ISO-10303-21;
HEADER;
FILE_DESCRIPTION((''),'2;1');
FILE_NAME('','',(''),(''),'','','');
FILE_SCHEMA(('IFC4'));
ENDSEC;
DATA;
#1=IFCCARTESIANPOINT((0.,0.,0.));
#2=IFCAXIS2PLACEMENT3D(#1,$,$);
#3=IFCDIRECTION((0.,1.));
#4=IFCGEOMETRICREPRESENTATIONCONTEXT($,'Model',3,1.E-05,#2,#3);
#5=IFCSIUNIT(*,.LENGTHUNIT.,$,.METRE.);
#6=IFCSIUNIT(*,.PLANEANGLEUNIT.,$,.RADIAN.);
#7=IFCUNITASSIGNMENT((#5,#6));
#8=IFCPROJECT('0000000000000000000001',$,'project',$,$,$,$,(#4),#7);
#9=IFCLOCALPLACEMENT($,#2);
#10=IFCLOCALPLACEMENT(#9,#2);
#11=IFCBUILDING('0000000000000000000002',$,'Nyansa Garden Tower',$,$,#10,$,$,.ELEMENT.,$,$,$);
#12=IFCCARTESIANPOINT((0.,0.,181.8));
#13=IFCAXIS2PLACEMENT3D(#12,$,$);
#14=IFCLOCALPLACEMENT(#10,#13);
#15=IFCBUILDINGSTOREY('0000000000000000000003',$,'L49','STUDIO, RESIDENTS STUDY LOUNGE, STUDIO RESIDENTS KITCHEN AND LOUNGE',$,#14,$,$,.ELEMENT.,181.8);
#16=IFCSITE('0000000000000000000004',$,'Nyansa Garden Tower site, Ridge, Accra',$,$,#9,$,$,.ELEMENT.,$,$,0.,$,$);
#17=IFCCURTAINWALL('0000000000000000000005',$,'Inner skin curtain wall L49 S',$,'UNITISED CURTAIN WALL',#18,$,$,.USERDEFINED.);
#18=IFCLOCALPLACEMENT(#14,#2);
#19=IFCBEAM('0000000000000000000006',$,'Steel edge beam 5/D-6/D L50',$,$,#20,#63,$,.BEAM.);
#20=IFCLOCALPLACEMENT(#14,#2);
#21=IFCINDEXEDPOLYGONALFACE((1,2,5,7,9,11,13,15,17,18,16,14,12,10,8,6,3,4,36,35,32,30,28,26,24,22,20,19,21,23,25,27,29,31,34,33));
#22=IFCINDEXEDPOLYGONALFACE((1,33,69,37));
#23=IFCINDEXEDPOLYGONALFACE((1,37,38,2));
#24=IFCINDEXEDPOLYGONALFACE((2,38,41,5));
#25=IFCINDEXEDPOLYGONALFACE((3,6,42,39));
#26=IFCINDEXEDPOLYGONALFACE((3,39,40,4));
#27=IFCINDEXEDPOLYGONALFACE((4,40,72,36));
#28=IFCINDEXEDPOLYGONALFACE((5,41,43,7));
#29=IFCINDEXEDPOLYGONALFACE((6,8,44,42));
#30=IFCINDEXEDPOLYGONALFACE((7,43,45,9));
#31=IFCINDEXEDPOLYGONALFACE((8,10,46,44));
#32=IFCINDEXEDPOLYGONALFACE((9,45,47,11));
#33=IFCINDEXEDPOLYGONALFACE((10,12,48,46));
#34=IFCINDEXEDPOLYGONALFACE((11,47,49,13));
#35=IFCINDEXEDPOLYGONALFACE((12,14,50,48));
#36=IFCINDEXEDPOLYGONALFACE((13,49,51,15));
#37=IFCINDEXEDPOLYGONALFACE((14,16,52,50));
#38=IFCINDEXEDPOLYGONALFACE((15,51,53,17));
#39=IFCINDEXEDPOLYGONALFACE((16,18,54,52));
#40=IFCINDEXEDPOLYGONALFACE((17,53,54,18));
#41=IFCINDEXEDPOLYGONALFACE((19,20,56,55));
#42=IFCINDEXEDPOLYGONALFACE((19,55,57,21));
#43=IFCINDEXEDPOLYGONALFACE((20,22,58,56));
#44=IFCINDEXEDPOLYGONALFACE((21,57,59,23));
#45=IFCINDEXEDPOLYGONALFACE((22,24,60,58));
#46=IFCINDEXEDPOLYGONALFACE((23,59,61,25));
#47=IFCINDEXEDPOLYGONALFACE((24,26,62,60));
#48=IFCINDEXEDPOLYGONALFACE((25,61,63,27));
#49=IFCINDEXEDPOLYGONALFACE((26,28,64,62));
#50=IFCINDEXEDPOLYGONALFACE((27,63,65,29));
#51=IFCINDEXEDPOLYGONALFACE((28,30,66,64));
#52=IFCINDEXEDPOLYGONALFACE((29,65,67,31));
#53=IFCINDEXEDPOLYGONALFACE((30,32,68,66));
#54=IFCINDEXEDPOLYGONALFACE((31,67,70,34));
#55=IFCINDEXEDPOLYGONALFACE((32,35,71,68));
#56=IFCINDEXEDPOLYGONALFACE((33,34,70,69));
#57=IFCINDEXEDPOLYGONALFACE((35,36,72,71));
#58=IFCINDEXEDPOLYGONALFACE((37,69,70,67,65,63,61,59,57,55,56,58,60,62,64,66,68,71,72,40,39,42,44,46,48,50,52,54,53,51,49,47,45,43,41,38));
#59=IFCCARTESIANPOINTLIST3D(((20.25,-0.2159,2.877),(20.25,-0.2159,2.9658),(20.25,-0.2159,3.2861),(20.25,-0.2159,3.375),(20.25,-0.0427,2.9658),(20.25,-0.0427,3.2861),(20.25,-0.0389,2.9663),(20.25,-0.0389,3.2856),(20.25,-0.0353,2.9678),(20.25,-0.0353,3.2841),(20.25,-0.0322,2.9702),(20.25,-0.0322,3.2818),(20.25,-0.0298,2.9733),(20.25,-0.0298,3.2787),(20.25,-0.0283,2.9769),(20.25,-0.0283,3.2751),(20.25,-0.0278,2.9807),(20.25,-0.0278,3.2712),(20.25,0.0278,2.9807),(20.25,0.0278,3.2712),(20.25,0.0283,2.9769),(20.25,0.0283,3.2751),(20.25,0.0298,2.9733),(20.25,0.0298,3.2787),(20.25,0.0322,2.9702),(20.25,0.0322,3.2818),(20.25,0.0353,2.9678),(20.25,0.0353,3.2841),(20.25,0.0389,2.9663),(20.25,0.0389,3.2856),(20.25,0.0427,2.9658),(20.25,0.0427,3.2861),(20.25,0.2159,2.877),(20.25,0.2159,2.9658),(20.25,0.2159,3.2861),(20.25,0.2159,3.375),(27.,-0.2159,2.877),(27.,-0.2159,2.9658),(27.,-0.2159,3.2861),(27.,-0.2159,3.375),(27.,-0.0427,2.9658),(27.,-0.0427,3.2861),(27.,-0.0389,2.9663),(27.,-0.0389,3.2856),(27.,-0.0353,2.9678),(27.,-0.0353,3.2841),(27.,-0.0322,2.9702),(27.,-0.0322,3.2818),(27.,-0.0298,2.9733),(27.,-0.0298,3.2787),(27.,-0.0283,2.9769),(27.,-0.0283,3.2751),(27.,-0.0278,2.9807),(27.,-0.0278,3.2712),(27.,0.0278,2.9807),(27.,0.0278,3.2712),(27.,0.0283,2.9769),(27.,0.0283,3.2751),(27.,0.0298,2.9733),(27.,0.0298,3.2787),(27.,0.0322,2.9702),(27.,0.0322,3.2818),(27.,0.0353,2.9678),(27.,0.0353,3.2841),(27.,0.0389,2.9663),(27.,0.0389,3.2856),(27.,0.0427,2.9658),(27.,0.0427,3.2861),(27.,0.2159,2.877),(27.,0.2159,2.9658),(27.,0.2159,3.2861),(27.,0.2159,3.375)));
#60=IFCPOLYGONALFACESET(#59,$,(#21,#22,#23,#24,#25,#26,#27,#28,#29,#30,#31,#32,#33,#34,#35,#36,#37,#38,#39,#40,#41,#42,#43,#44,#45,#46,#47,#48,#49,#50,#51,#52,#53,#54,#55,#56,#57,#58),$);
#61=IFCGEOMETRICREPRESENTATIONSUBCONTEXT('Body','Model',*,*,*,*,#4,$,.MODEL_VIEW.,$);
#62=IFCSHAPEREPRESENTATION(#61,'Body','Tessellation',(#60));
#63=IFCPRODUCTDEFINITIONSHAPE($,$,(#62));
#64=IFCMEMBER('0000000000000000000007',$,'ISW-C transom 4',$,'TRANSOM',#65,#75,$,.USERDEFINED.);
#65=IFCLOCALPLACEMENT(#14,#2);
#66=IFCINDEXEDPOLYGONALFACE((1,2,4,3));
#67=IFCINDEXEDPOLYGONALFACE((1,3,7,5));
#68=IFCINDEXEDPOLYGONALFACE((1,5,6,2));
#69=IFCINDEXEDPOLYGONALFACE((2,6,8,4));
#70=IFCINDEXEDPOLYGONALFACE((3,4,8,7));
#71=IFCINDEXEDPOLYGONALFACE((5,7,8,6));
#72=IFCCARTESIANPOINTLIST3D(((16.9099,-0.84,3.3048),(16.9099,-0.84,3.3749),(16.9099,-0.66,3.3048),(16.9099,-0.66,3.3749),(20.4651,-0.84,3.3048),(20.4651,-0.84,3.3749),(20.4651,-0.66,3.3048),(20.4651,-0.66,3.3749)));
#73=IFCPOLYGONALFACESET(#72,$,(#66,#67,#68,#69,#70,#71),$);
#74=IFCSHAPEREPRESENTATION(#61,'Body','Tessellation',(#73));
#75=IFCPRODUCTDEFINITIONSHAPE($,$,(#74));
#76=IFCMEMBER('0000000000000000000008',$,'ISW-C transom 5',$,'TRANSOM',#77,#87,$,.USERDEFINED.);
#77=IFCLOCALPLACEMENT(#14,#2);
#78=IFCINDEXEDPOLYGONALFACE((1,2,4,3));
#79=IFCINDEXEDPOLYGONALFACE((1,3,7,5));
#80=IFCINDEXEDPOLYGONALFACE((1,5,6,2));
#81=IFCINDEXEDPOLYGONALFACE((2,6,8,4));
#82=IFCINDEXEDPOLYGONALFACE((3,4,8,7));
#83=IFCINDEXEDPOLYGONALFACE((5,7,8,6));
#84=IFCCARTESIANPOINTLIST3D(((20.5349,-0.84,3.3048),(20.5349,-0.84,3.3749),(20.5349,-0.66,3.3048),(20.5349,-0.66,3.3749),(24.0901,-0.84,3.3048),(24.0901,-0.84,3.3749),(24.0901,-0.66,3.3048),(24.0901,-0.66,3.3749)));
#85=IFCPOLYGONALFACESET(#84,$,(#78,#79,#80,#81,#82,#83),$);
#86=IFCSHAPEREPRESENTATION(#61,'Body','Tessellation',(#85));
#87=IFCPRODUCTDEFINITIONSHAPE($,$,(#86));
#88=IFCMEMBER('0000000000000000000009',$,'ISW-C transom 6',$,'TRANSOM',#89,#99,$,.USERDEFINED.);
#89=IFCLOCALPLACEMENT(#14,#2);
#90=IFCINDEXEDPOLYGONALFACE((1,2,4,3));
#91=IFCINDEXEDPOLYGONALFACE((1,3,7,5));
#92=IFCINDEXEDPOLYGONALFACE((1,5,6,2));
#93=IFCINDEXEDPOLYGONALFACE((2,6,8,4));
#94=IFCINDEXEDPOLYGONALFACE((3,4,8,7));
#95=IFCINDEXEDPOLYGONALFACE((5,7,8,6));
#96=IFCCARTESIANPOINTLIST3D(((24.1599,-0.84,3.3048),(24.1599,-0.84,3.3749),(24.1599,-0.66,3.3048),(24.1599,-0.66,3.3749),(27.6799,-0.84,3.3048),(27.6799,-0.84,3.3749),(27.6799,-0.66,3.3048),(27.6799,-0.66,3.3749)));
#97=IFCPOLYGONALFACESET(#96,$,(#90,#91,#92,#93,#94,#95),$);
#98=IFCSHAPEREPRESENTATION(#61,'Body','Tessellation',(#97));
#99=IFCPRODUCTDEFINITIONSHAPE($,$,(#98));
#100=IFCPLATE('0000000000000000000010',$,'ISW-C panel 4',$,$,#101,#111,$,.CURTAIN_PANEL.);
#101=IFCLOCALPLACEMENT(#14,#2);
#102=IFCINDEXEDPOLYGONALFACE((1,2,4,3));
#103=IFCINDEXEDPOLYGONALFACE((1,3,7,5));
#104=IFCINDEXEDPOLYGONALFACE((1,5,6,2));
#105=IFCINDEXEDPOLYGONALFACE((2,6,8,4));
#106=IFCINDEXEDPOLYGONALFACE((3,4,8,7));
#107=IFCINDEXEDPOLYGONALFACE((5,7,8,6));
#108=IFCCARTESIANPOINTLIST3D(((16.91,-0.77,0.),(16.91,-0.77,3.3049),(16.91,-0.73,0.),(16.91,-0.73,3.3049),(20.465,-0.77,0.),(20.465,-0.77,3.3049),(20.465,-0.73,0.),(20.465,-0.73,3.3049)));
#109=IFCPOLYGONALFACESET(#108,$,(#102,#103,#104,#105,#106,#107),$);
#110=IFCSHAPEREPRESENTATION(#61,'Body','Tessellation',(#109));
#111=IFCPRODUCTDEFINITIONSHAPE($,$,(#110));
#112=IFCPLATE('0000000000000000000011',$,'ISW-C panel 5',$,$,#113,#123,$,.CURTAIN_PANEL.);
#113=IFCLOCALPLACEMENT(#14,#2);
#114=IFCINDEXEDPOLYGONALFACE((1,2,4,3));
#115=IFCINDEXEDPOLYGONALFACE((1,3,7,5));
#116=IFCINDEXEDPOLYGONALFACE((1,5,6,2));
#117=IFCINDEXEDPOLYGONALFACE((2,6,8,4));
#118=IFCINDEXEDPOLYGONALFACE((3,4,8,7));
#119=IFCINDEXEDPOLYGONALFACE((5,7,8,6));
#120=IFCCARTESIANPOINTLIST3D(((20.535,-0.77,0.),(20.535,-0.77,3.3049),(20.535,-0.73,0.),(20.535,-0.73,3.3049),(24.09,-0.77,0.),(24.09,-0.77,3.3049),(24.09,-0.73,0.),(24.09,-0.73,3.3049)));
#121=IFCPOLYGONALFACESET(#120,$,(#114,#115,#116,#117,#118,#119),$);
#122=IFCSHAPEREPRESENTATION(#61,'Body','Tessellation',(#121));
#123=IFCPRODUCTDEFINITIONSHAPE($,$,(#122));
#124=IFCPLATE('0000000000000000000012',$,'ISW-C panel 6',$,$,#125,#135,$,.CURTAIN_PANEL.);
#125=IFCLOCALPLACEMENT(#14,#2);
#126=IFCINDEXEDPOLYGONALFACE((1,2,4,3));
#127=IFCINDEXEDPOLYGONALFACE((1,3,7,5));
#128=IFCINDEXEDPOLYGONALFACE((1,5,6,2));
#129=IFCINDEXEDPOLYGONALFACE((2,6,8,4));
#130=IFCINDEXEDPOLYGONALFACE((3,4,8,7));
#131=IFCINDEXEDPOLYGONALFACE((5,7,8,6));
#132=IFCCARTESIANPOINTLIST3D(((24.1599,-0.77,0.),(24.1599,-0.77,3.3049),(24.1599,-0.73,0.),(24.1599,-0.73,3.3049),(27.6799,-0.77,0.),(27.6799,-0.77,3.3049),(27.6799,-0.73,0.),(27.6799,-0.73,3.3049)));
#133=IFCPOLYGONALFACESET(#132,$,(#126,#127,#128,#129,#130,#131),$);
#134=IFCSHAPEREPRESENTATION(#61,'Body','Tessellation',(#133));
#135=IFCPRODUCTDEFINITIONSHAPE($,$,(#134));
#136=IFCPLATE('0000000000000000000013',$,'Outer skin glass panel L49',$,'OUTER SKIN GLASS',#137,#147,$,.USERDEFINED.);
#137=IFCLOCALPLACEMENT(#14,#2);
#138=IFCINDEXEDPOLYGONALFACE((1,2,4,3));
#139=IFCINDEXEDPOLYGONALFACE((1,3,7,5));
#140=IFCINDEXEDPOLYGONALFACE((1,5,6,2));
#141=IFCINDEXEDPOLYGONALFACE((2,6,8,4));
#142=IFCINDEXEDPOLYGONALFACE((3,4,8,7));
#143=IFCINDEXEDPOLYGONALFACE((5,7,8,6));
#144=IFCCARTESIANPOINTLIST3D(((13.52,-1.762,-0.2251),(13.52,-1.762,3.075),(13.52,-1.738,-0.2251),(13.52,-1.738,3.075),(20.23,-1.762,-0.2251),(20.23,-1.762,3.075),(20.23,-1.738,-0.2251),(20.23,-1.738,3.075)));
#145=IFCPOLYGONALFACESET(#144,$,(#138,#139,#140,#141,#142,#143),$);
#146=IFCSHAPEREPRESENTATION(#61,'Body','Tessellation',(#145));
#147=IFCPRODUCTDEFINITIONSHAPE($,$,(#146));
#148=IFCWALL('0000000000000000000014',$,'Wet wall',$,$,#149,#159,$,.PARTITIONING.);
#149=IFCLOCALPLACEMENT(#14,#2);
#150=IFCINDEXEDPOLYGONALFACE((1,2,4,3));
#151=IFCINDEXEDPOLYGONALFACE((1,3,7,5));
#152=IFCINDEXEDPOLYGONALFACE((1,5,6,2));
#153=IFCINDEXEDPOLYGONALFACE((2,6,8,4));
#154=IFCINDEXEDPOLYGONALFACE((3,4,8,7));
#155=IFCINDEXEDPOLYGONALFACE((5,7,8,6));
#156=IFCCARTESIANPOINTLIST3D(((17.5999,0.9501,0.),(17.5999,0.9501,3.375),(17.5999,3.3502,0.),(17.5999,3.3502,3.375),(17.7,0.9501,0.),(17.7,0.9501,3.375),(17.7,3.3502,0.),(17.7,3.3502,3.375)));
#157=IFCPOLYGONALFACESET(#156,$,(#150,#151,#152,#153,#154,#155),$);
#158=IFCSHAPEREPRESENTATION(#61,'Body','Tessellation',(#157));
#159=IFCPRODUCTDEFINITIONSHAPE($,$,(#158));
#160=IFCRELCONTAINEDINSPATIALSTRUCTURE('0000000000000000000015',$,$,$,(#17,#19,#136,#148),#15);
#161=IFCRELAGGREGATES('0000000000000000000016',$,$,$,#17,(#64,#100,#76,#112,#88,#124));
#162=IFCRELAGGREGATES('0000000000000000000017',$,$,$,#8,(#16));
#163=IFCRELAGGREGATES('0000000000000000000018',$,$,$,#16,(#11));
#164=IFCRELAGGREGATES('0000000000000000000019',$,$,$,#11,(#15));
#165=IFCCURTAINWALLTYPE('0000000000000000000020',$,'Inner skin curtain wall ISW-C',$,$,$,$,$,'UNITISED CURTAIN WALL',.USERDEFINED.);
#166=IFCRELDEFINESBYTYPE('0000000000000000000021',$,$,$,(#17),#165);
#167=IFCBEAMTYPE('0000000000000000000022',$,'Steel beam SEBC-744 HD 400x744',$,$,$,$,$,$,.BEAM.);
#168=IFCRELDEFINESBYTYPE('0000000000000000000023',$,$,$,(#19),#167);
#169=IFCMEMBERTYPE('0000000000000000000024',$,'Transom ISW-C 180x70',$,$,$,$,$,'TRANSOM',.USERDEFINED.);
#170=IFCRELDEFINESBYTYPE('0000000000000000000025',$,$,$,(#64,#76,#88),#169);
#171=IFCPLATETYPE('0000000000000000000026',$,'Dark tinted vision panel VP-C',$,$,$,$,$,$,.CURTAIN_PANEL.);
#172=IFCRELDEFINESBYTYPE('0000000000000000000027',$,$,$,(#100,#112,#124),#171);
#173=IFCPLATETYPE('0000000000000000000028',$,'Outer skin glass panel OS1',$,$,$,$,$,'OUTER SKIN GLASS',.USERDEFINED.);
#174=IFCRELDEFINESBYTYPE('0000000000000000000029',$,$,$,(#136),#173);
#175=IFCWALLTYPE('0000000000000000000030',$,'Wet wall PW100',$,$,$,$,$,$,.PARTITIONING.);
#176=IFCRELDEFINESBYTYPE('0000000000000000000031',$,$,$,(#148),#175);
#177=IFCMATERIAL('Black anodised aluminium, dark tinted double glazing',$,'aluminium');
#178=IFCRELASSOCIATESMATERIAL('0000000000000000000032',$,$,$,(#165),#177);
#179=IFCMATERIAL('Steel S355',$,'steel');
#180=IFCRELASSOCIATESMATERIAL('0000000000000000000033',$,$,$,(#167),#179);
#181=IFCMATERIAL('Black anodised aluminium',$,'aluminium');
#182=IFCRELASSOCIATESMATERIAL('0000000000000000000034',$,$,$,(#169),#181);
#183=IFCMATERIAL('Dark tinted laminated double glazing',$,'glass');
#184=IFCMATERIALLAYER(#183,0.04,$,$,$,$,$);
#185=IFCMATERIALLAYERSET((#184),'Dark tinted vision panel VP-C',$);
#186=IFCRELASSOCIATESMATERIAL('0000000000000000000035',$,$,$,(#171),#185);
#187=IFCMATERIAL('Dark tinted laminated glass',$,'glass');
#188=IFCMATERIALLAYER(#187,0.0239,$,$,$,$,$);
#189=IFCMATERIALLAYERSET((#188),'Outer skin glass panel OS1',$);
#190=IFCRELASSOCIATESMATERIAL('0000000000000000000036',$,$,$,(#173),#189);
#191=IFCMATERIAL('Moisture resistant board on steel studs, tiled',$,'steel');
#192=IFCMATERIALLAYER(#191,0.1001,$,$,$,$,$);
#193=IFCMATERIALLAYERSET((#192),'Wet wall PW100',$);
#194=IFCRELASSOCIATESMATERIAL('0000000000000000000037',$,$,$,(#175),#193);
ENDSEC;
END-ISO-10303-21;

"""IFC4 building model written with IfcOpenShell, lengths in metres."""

from ifc_helpers import new_model, si_unit, direction, frame, frame_2d, origin, origin_2d, place, context, subcontext, project, spatial, rectangle, i_section, extrude, material, layer, layer_set, material_profile, profile_set, type_object, element, aggregate, save


model = new_model("IFC4")

# Units and contexts
model_context = context("Model", 3, precision=1e-05, world=origin(), true_north=direction((0.0, 1.0)))
body_context = subcontext(model_context, "Body", "Model", "MODEL_VIEW")
ifc_project = project(units=[si_unit("LENGTHUNIT", "METRE"), si_unit("PLANEANGLEUNIT", "RADIAN")], contexts=[model_context])

# Site, building, storey
site_placement = place(None, origin())
site = spatial("IfcSite", under=ifc_project, at=site_placement, Name="Nyansa Garden Tower site, Ridge, Accra", CompositionType="ELEMENT", RefElevation=0.0)
building_placement = place(site_placement, origin())
building = spatial("IfcBuilding", under=site, at=building_placement, Name="Nyansa Garden Tower", CompositionType="ELEMENT")
storey_placement = place(building_placement, frame((0.0, 0.0, 181.8)))
storey = spatial("IfcBuildingStorey", under=building, at=storey_placement, Name="L49", Description="STUDIO, RESIDENTS STUDY LOUNGE, STUDIO RESIDENTS KITCHEN AND LOUNGE", CompositionType="ELEMENT", Elevation=181.8)

# Curtain wall
ifc_material_1 = material(Name="Black anodised aluminium, dark tinted double glazing", Category="aluminium")
curtain_wall_type = type_object("IfcCurtainWallType", Name="Inner skin curtain wall ISW-C", ElementType="UNITISED CURTAIN WALL", PredefinedType="USERDEFINED", material=ifc_material_1)
curtain_wall_placement = place(storey_placement, origin())
curtain_wall = element("IfcCurtainWall", 1, at=curtain_wall_placement, inside=storey, type_object=curtain_wall_type, Name="Inner skin curtain wall L49 S", ObjectType="UNITISED CURTAIN WALL", PredefinedType="USERDEFINED")

# Beam
ifc_material_2 = material(Name="Steel S355", Category="steel")
ifc_material_profile_1 = material_profile(ifc_material_2, i_section(OverallWidth=0.4319, OverallDepth=0.498, WebThickness=0.0557, FlangeThickness=0.0889, FilletRadius=0.0149, at=origin_2d()), Name="HD 400x744")
ifc_profile_set_1 = profile_set([ifc_material_profile_1], Name="Steel S355")
beam_type_1 = type_object("IfcBeamType", Name="Steel beam SEBC-744 HD 400x744", PredefinedType="BEAM", material=ifc_profile_set_1)
beam_1_placement = place(storey_placement, frame((20.25, 0.0, 3.126), z_axis=(1.0, 0.0, 0.0), x_axis=(0.0, 1.0, 0.0)))
element("IfcBeam", 2, at=beam_1_placement, inside=storey, type_object=beam_type_1, Name="Steel edge beam 5/D-6/D L50", PredefinedType="BEAM", context=body_context, shape_type="SweptSolid", body=[
    extrude(i_section(OverallWidth=0.4319, OverallDepth=0.498, WebThickness=0.0557, FlangeThickness=0.0889, FilletRadius=0.0149, at=origin_2d()), origin(), (0.0, 0.0, 1.0), 6.75),
])

# Members
ifc_material_3 = material(Name="Black anodised aluminium", Category="aluminium")
ifc_material_profile_2 = material_profile(ifc_material_3, rectangle(XDim=0.1799, YDim=0.0701, at=origin_2d()), Name="Transom 180x70")
ifc_profile_set_2 = profile_set([ifc_material_profile_2], Name="Black anodised aluminium")
member_type_1 = type_object("IfcMemberType", Name="Transom ISW-C 180x70", ElementType="TRANSOM", PredefinedType="USERDEFINED", material=ifc_profile_set_2)
member_1_placement = place(storey_placement, frame((16.9099, -0.75, 3.3398), z_axis=(1.0, 0.0, 0.0), x_axis=(0.0, 1.0, 0.0)))
member_1 = element("IfcMember", 3, at=member_1_placement, type_object=member_type_1, Name="ISW-C transom 4", ObjectType="TRANSOM", PredefinedType="USERDEFINED", context=body_context, shape_type="SweptSolid", body=[
    extrude(rectangle(XDim=0.1799, YDim=0.0701, at=origin_2d()), origin(), (0.0, 0.0, 1.0), 3.5552),
])
member_2_placement = place(storey_placement, frame((20.5349, -0.75, 3.3398), z_axis=(1.0, 0.0, 0.0), x_axis=(0.0, 1.0, 0.0)))
member_2 = element("IfcMember", 4, at=member_2_placement, type_object=member_type_1, Name="ISW-C transom 5", ObjectType="TRANSOM", PredefinedType="USERDEFINED", context=body_context, shape_type="SweptSolid", body=[
    extrude(rectangle(XDim=0.1799, YDim=0.0701, at=origin_2d()), origin(), (0.0, 0.0, 1.0), 3.5552),
])
member_3_placement = place(storey_placement, frame((24.1599, -0.75, 3.3398), z_axis=(1.0, 0.0, 0.0), x_axis=(0.0, 1.0, 0.0)))
member_3 = element("IfcMember", 5, at=member_3_placement, type_object=member_type_1, Name="ISW-C transom 6", ObjectType="TRANSOM", PredefinedType="USERDEFINED", context=body_context, shape_type="SweptSolid", body=[
    extrude(rectangle(XDim=0.1799, YDim=0.0701, at=origin_2d()), origin(), (0.0, 0.0, 1.0), 3.52),
])

# Plates
ifc_material_4 = material(Name="Dark tinted laminated double glazing", Category="glass")
ifc_layer_1 = layer(ifc_material_4, 0.04)
ifc_layer_set_1 = layer_set([ifc_layer_1], Name="Dark tinted vision panel VP-C")
plate_type_1 = type_object("IfcPlateType", Name="Dark tinted vision panel VP-C", PredefinedType="CURTAIN_PANEL", material=ifc_layer_set_1)
plate_1_placement = place(storey_placement, frame((18.6875, -0.75, 0.0), z_axis=(0.0, 0.0, 1.0), x_axis=(1.0, 0.0, 0.0)))
plate_1 = element("IfcPlate", 6, at=plate_1_placement, type_object=plate_type_1, Name="ISW-C panel 4", PredefinedType="CURTAIN_PANEL", context=body_context, shape_type="SweptSolid", body=[
    extrude(rectangle(XDim=3.5549, YDim=0.04, at=origin_2d()), origin(), (0.0, 0.0, 1.0), 3.3049),
])
plate_2_placement = place(storey_placement, frame((22.3125, -0.75, 0.0), z_axis=(0.0, 0.0, 1.0), x_axis=(1.0, 0.0, 0.0)))
plate_2 = element("IfcPlate", 7, at=plate_2_placement, type_object=plate_type_1, Name="ISW-C panel 5", PredefinedType="CURTAIN_PANEL", context=body_context, shape_type="SweptSolid", body=[
    extrude(rectangle(XDim=3.5549, YDim=0.04, at=origin_2d()), origin(), (0.0, 0.0, 1.0), 3.3049),
])
plate_3_placement = place(storey_placement, frame((25.9199, -0.75, 0.0), z_axis=(0.0, 0.0, 1.0), x_axis=(1.0, 0.0, 0.0)))
plate_3 = element("IfcPlate", 8, at=plate_3_placement, type_object=plate_type_1, Name="ISW-C panel 6", PredefinedType="CURTAIN_PANEL", context=body_context, shape_type="SweptSolid", body=[
    extrude(rectangle(XDim=3.52, YDim=0.04, at=origin_2d()), origin(), (0.0, 0.0, 1.0), 3.3049),
])
aggregate(curtain_wall, [member_1, plate_1, member_2, plate_2, member_3, plate_3])
ifc_material_5 = material(Name="Dark tinted laminated glass", Category="glass")
ifc_layer_2 = layer(ifc_material_5, 0.0239)
ifc_layer_set_2 = layer_set([ifc_layer_2], Name="Outer skin glass panel OS1")
plate_type_2 = type_object("IfcPlateType", Name="Outer skin glass panel OS1", ElementType="OUTER SKIN GLASS", PredefinedType="USERDEFINED", material=ifc_layer_set_2)
plate_4_placement = place(storey_placement, frame((16.875, -1.75, -0.2251), z_axis=(0.0, 0.0, 1.0), x_axis=(1.0, 0.0, 0.0)))
element("IfcPlate", 9, at=plate_4_placement, inside=storey, type_object=plate_type_2, Name="Outer skin glass panel L49", ObjectType="OUTER SKIN GLASS", PredefinedType="USERDEFINED", context=body_context, shape_type="SweptSolid", body=[
    extrude(rectangle(XDim=6.71, YDim=0.0239, at=origin_2d()), origin(), (0.0, 0.0, 1.0), 3.3),
])

# Wall
ifc_material_6 = material(Name="Moisture resistant board on steel studs, tiled", Category="steel")
ifc_layer_3 = layer(ifc_material_6, 0.1001)
ifc_layer_set_3 = layer_set([ifc_layer_3], Name="Wet wall PW100")
wall_type = type_object("IfcWallType", Name="Wet wall PW100", PredefinedType="PARTITIONING", material=ifc_layer_set_3)
wall_1_placement = place(storey_placement, frame((17.6499, 0.95, 0.0), z_axis=(0.0, 0.0, 1.0), x_axis=(0.0, 1.0, 0.0)))
element("IfcWall", 10, at=wall_1_placement, inside=storey, type_object=wall_type, Name="Wet wall", PredefinedType="PARTITIONING", context=body_context, shape_type="SweptSolid", body=[
    extrude(rectangle(XDim=2.4001, YDim=0.1001, at=frame_2d((1.2002, 0.0))), origin(), (0.0, 0.0, 1.0), 3.375),
])

save(model, "model.ifc")
